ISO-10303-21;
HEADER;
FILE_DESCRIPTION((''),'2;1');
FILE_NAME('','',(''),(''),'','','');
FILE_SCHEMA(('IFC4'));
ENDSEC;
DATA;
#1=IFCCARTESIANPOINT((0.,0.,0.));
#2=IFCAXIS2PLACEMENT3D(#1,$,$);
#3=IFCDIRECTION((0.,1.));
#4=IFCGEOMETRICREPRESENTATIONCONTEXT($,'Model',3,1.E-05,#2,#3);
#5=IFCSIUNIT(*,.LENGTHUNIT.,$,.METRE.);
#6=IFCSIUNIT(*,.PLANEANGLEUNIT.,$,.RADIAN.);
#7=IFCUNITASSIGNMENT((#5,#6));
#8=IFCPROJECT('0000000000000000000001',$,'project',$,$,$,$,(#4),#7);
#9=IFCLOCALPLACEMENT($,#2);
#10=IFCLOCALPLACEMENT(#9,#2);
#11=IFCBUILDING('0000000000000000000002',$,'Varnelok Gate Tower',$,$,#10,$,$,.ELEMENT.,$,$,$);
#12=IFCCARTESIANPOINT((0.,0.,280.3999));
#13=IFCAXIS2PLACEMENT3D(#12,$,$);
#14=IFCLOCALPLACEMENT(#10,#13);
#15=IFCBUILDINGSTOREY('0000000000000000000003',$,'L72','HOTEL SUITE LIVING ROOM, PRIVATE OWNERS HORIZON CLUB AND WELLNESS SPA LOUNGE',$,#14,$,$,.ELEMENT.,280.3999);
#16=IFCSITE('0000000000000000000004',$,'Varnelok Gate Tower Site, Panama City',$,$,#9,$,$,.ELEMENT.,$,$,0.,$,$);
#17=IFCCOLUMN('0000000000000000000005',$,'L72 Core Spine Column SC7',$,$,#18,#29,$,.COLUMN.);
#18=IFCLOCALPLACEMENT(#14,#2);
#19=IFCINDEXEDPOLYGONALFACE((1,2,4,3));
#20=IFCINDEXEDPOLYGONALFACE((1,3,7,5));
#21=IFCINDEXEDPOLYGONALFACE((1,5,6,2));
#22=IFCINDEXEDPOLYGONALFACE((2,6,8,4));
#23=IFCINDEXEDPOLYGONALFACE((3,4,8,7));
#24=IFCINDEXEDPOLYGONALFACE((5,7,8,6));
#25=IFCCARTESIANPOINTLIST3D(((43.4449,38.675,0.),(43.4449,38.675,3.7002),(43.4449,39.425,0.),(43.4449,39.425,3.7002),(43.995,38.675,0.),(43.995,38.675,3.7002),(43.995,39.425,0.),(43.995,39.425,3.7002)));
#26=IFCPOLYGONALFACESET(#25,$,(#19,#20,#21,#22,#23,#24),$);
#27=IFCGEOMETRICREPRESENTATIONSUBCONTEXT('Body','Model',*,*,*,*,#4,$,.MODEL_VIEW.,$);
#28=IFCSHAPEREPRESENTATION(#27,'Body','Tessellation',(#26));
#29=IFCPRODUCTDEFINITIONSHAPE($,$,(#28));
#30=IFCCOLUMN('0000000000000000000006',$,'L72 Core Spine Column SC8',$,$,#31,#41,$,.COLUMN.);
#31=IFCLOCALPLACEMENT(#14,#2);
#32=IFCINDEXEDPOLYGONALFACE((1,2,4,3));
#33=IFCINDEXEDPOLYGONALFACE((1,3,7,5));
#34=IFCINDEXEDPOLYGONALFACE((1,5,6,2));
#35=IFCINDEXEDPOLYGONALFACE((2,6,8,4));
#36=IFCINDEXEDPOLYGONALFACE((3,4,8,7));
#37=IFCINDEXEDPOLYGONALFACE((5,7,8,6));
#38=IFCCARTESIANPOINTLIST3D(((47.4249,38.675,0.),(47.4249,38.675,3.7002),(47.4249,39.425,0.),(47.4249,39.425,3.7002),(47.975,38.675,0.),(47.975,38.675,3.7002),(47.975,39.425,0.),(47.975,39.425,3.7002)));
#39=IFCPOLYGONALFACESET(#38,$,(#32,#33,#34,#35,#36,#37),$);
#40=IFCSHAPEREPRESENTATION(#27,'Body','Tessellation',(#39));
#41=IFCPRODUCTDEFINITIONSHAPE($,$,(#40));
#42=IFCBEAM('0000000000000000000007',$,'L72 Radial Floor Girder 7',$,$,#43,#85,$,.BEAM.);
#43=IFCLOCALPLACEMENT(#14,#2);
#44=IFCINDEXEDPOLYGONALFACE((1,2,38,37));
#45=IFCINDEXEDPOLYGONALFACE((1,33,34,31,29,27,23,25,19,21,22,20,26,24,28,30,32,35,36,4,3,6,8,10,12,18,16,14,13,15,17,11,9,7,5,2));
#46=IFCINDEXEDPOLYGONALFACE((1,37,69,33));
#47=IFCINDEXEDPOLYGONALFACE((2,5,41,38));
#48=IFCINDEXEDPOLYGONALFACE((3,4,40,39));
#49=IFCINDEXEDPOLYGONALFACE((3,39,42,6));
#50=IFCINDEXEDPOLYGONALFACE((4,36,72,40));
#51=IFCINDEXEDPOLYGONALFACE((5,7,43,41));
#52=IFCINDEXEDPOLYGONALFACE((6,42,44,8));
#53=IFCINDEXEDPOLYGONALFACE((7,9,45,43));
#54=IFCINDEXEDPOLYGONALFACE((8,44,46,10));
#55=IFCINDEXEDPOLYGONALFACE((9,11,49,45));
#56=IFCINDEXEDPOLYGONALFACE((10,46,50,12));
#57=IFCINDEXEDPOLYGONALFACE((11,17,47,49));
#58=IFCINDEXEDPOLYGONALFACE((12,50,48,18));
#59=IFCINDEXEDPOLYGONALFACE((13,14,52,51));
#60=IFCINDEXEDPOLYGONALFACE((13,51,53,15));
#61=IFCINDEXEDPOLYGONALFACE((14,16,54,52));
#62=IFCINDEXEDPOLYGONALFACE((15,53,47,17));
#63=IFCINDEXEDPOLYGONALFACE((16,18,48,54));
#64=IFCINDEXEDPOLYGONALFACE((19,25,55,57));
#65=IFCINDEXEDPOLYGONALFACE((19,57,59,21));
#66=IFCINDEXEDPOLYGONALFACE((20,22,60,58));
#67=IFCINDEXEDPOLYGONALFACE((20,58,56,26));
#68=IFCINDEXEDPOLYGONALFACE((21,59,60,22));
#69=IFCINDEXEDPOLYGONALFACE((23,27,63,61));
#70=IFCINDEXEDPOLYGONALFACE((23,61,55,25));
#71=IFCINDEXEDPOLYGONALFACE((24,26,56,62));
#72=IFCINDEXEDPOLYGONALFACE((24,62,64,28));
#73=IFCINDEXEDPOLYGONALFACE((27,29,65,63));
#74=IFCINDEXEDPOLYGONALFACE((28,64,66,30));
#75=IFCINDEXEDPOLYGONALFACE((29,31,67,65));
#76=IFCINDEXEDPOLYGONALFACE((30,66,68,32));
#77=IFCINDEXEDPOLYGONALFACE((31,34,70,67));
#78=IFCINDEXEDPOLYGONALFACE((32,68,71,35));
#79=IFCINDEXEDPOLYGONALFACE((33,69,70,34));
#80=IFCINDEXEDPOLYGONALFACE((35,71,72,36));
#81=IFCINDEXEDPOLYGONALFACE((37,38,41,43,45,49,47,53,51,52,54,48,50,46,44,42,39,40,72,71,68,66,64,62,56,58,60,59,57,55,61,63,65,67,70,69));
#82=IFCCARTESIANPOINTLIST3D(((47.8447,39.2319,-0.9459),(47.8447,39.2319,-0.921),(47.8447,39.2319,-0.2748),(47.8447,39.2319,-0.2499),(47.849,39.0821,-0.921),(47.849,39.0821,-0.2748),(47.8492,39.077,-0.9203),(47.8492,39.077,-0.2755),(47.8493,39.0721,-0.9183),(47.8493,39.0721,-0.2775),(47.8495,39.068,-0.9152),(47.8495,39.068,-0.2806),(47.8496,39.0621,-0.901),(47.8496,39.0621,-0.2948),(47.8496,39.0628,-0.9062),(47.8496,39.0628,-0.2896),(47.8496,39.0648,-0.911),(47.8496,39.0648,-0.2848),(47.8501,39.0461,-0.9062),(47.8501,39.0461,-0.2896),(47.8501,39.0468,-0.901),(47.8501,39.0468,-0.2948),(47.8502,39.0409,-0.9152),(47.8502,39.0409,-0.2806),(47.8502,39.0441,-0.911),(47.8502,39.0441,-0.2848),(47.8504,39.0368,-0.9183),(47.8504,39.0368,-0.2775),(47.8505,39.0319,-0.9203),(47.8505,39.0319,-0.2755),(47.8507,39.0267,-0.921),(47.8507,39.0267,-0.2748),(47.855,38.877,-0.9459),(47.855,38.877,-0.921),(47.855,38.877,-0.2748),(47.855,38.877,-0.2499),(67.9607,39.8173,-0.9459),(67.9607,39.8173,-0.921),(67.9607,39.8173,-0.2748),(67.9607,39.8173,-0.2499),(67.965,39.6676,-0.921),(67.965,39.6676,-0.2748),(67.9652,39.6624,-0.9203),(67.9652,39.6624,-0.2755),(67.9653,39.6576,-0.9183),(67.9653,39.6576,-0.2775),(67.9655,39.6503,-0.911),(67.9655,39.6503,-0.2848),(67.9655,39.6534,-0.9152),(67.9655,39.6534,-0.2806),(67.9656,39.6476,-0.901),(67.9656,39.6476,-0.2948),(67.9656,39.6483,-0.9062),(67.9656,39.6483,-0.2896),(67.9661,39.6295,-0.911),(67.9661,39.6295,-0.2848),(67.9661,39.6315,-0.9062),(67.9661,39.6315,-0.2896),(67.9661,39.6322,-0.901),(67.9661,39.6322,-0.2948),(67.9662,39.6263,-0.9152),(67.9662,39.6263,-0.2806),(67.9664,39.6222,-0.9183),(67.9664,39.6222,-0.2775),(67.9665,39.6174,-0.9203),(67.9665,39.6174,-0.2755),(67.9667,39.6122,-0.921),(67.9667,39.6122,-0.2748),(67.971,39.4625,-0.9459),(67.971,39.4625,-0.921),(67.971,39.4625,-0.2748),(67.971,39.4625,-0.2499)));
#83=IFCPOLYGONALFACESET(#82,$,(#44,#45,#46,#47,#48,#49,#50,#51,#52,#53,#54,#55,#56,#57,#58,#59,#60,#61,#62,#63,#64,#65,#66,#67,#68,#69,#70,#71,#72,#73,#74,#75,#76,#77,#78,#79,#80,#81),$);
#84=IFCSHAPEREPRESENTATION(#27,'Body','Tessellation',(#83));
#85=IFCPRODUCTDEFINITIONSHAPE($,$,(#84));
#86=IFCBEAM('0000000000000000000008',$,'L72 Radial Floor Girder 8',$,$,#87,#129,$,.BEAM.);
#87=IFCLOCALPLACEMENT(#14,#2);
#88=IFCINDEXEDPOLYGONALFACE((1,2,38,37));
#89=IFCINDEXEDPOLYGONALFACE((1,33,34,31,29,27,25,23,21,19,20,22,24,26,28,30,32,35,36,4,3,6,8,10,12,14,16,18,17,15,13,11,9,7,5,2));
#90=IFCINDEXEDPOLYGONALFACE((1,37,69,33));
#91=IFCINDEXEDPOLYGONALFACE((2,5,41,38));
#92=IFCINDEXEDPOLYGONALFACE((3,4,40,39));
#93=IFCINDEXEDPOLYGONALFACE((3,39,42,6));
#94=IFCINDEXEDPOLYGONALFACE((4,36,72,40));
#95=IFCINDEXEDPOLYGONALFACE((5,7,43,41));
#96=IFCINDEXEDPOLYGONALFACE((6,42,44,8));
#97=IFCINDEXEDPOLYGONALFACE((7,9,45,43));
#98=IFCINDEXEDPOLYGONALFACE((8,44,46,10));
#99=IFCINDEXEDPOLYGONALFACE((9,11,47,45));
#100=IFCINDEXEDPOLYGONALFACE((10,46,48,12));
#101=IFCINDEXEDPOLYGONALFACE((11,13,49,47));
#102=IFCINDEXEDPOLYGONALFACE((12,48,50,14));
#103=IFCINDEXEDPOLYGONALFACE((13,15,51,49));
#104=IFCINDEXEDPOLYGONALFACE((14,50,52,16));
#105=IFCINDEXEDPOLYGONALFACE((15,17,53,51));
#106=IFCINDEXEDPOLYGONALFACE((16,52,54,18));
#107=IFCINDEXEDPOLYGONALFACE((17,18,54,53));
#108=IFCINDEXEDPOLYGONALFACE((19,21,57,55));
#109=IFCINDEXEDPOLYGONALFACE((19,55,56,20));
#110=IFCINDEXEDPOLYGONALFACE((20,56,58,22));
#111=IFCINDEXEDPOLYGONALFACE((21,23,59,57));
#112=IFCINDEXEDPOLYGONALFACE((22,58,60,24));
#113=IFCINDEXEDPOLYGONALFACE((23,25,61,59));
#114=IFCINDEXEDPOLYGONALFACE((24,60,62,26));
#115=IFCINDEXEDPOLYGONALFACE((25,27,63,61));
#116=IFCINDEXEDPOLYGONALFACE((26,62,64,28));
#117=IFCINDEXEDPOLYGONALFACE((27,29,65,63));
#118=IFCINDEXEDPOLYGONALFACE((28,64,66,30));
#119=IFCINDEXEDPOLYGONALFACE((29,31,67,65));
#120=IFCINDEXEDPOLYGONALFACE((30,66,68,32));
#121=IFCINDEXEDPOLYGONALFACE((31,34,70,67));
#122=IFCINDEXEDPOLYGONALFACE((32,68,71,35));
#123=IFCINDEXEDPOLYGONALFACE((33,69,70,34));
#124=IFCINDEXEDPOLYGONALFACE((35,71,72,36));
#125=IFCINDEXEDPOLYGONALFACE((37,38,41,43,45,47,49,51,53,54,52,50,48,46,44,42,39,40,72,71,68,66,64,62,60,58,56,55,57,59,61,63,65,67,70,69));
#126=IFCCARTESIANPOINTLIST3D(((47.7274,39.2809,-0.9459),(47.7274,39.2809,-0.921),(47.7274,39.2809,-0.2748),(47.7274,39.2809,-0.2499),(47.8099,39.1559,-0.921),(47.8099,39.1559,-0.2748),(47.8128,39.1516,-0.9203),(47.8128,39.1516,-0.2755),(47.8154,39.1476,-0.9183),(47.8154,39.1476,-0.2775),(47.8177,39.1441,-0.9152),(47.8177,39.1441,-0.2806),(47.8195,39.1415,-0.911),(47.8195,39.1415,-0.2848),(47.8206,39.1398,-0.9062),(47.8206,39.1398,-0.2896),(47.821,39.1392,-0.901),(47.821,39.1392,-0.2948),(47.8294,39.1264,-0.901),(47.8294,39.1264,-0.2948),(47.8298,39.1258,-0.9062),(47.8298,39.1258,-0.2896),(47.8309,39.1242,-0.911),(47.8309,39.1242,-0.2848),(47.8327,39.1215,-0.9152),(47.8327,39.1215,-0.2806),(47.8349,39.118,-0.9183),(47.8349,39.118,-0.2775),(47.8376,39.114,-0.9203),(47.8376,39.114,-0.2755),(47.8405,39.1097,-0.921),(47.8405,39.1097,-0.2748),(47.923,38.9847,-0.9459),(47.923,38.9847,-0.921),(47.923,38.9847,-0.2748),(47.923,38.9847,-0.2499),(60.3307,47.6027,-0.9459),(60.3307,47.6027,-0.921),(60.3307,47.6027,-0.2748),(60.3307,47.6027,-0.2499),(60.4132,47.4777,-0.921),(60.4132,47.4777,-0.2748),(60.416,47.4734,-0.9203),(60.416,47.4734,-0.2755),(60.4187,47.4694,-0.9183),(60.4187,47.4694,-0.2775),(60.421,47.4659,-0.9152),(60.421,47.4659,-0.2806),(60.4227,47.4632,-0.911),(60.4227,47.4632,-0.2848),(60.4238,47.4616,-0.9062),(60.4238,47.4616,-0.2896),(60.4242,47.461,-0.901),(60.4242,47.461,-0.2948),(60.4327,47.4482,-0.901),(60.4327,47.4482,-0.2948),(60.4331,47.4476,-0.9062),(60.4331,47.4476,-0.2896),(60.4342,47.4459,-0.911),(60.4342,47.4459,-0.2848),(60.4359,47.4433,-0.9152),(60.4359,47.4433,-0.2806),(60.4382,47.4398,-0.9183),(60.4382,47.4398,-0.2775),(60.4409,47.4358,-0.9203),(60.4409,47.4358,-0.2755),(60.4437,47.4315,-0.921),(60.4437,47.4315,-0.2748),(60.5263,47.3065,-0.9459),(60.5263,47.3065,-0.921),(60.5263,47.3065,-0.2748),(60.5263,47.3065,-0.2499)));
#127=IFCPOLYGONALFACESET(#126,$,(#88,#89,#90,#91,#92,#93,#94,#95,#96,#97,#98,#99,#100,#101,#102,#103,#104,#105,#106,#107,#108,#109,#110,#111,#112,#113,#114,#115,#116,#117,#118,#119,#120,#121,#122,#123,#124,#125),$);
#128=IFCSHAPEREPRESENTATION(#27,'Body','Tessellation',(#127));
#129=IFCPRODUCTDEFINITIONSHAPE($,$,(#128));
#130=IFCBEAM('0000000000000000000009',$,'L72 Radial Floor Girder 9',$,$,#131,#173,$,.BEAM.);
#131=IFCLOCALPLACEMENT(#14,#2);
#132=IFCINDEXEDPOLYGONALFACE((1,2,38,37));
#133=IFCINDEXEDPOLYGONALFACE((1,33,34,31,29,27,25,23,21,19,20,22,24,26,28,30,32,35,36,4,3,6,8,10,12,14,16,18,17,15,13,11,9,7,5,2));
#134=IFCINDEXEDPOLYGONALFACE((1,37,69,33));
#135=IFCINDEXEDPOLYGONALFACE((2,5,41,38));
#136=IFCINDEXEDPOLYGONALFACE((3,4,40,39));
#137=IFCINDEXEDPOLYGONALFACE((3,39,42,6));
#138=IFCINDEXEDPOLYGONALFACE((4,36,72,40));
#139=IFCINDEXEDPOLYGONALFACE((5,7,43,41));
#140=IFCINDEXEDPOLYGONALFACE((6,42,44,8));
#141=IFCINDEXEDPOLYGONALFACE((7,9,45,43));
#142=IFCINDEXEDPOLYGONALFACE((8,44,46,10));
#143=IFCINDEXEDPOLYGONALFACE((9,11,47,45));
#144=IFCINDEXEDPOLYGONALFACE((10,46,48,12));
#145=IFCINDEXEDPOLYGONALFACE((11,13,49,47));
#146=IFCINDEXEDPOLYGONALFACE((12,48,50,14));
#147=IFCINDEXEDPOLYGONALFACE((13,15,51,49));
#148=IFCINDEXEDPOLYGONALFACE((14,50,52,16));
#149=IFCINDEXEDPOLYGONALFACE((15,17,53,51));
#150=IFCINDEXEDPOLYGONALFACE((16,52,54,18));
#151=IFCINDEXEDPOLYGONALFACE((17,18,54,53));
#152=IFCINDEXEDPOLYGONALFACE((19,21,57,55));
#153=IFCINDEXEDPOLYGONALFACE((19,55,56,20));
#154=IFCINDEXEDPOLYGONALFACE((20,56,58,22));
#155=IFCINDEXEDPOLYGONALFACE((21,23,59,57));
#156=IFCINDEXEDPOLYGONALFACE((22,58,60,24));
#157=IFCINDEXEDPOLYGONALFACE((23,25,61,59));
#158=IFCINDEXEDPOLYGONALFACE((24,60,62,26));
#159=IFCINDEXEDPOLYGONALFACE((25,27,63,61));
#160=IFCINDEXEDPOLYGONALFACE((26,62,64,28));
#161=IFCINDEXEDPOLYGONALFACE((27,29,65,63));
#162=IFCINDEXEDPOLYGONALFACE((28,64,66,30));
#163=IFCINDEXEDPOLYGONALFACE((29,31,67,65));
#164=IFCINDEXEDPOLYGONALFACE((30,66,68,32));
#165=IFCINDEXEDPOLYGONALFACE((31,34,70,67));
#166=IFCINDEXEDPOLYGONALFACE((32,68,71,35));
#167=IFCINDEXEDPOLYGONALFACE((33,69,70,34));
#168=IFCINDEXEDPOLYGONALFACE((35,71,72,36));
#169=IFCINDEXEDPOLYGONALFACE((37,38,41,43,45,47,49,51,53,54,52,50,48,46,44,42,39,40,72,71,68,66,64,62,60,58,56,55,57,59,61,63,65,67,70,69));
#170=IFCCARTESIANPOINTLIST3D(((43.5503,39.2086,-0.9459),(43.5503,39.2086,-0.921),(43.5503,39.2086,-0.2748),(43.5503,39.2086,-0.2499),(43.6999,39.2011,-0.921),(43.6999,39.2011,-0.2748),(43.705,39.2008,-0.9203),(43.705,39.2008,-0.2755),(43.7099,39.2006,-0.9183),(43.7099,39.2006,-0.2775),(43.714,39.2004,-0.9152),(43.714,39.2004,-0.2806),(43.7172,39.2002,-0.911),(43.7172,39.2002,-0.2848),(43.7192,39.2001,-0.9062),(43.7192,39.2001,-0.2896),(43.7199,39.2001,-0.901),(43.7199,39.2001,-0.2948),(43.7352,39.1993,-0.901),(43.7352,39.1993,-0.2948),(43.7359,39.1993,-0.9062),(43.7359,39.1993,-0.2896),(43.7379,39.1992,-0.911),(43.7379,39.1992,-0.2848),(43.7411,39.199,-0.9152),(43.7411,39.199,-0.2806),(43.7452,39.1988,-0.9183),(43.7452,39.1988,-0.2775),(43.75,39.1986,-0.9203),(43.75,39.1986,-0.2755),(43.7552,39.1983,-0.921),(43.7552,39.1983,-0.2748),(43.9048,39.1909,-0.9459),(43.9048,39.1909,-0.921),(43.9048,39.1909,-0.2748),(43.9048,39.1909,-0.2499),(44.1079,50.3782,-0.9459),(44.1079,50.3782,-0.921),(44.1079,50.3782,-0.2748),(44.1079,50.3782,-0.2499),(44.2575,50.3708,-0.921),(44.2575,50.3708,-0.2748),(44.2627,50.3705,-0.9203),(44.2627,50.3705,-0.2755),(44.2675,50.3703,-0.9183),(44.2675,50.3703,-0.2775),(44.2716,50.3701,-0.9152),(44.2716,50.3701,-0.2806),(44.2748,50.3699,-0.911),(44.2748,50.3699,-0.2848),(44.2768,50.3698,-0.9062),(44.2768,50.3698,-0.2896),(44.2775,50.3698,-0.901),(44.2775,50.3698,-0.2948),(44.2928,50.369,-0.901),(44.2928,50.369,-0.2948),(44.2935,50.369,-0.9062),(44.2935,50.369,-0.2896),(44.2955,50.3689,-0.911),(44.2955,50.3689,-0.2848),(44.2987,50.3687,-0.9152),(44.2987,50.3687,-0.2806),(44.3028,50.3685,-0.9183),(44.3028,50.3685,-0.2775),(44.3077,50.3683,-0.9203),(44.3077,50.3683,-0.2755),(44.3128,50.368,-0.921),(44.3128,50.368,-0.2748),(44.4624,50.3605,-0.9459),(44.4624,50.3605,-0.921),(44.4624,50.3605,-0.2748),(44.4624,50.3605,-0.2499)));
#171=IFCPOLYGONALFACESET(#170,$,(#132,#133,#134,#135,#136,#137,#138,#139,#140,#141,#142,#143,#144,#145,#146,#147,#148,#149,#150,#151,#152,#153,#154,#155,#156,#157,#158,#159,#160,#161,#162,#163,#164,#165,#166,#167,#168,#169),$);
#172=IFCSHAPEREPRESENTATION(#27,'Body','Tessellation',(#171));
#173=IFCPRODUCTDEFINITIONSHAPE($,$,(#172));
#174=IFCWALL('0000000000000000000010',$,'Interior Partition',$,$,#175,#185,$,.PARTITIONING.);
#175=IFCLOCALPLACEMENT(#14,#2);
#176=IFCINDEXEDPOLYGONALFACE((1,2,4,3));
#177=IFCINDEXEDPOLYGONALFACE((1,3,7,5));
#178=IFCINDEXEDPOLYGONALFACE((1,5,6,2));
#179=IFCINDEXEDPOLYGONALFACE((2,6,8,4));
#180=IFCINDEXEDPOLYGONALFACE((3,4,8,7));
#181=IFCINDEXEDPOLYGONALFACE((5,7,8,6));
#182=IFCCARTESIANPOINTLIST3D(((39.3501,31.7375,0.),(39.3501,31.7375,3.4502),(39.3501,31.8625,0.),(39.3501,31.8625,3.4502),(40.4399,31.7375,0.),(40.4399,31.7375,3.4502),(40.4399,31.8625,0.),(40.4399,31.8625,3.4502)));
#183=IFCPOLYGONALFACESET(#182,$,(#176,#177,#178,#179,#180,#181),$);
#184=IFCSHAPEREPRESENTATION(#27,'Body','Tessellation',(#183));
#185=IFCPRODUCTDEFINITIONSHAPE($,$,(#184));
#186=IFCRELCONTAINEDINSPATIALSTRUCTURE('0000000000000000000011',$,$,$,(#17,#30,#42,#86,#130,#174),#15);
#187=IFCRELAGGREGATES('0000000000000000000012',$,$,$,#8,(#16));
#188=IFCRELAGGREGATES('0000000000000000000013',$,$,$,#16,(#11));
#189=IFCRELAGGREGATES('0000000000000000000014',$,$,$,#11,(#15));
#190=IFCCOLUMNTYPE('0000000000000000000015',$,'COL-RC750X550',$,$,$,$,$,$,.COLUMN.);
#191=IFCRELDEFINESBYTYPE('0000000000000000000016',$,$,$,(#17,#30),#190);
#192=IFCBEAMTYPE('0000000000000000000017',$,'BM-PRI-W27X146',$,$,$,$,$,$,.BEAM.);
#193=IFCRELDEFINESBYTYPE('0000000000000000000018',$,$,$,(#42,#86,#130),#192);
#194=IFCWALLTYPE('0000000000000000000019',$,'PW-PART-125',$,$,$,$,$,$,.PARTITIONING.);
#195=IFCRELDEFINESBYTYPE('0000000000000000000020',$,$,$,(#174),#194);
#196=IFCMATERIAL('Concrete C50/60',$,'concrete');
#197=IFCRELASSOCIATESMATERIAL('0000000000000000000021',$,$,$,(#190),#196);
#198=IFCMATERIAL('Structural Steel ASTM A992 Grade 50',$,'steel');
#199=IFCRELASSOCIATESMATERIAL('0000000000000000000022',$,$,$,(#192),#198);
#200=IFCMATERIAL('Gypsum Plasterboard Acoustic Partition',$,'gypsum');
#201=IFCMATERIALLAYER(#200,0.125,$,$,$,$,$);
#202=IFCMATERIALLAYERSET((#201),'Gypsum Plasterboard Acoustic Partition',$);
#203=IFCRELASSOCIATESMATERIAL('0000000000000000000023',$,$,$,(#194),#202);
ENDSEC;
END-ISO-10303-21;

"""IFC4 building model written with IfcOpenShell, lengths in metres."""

from ifc_helpers import new_model, si_unit, direction, frame, frame_2d, origin, origin_2d, place, context, subcontext, project, spatial, rectangle, i_section, extrude, material, layer, layer_set, material_profile, profile_set, type_object, element, save


model = new_model("IFC4")

# Units and contexts
model_context = context("Model", 3, precision=1e-05, world=origin(), true_north=direction((0.0, 1.0)))
body_context = subcontext(model_context, "Body", "Model", "MODEL_VIEW")
ifc_project = project(units=[si_unit("LENGTHUNIT", "METRE"), si_unit("PLANEANGLEUNIT", "RADIAN")], contexts=[model_context])

# Site, building, storey
site_placement = place(None, origin())
site = spatial("IfcSite", under=ifc_project, at=site_placement, Name="Varnelok Gate Tower Site, Panama City", CompositionType="ELEMENT", RefElevation=0.0)
building_placement = place(site_placement, origin())
building = spatial("IfcBuilding", under=site, at=building_placement, Name="Varnelok Gate Tower", CompositionType="ELEMENT")
storey_placement = place(building_placement, frame((0.0, 0.0, 280.3999)))
storey = spatial("IfcBuildingStorey", under=building, at=storey_placement, Name="L72", Description="HOTEL SUITE LIVING ROOM, PRIVATE OWNERS HORIZON CLUB AND WELLNESS SPA LOUNGE", CompositionType="ELEMENT", Elevation=280.3999)

# Columns
ifc_material_1 = material(Name="Concrete C50/60", Category="concrete")
ifc_material_profile_1 = material_profile(ifc_material_1, rectangle(XDim=0.55, YDim=0.75, at=origin_2d()), Name="RC750X550")
ifc_profile_set_1 = profile_set([ifc_material_profile_1], Name="Concrete C50/60")
column_type = type_object("IfcColumnType", Name="COL-RC750X550", PredefinedType="COLUMN", material=ifc_profile_set_1)
for number, where, z_axis, x_axis, name in (
    (1, (43.72, 39.05, 0.0), (0.0, 0.0, 1.0), (1.0, 0.0, 0.0), "L72 Core Spine Column SC7"),
    (2, (47.7, 39.05, 0.0), (0.0, 0.0, 1.0), (1.0, 0.0, 0.0), "L72 Core Spine Column SC8"),
):
    element("IfcColumn", number, at=place(storey_placement, frame(where, z_axis=z_axis, x_axis=x_axis)), inside=storey, type_object=column_type, Name=name, PredefinedType="COLUMN", context=body_context, shape_type="SweptSolid", body=[
        extrude(rectangle(XDim=0.55, YDim=0.75, at=origin_2d()), origin(), (0.0, 0.0, 1.0), 3.7002),
    ])

# Beams
ifc_material_2 = material(Name="Structural Steel ASTM A992 Grade 50", Category="steel")
ifc_material_profile_2 = material_profile(ifc_material_2, i_section(OverallWidth=0.355, OverallDepth=0.696, WebThickness=0.0154, FlangeThickness=0.0249, FilletRadius=0.02, at=origin_2d()), Name="W27X146")
ifc_profile_set_2 = profile_set([ifc_material_profile_2], Name="Structural Steel ASTM A992 Grade 50")
beam_type = type_object("IfcBeamType", Name="BM-PRI-W27X146", PredefinedType="BEAM", material=ifc_profile_set_2)
beam_1_placement = place(storey_placement, frame((47.8499, 39.0544, -0.5979), z_axis=(0.999577, 0.029091, 0.0), x_axis=(-0.029091, 0.999577, 0.0)))
element("IfcBeam", 3, at=beam_1_placement, inside=storey, type_object=beam_type, Name="L72 Radial Floor Girder 7", PredefinedType="BEAM", context=body_context, shape_type="SweptSolid", body=[
    extrude(i_section(OverallWidth=0.355, OverallDepth=0.696, WebThickness=0.0154, FlangeThickness=0.0249, FilletRadius=0.02, at=origin_2d()), origin(), (0.0, 0.0, 1.0), 20.1245),
])
beam_2_placement = place(storey_placement, frame((47.8252, 39.1328, -0.5979), z_axis=(0.834499, 0.551009, 0.0), x_axis=(-0.551009, 0.834499, 0.0)))
element("IfcBeam", 4, at=beam_2_placement, inside=storey, type_object=beam_type, Name="L72 Radial Floor Girder 8", PredefinedType="BEAM", context=body_context, shape_type="SweptSolid", body=[
    extrude(i_section(OverallWidth=0.355, OverallDepth=0.696, WebThickness=0.0154, FlangeThickness=0.0249, FilletRadius=0.02, at=origin_2d()), origin(), (0.0, 0.0, 1.0), 15.1028),
])
beam_3_placement = place(storey_placement, frame((43.7275, 39.1997, -0.5979), z_axis=(0.04986, 0.998756, 0.0), x_axis=(-0.998756, 0.04986, 0.0)))
element("IfcBeam", 5, at=beam_3_placement, inside=storey, type_object=beam_type, Name="L72 Radial Floor Girder 9", PredefinedType="BEAM", context=body_context, shape_type="SweptSolid", body=[
    extrude(i_section(OverallWidth=0.355, OverallDepth=0.696, WebThickness=0.0154, FlangeThickness=0.0249, FilletRadius=0.02, at=origin_2d()), origin(), (0.0, 0.0, 1.0), 11.1836),
])

# Wall
ifc_material_3 = material(Name="Gypsum Plasterboard Acoustic Partition", Category="gypsum")
ifc_layer_1 = layer(ifc_material_3, 0.125)
ifc_layer_set_1 = layer_set([ifc_layer_1], Name="Gypsum Plasterboard Acoustic Partition")
wall_type_1 = type_object("IfcWallType", Name="PW-PART-125", PredefinedType="PARTITIONING", material=ifc_layer_set_1)
wall_1_placement = place(storey_placement, frame((39.3501, 31.8, 0.0), z_axis=(0.0, 0.0, 1.0), x_axis=(1.0, 0.0, 0.0)))
element("IfcWall", 6, at=wall_1_placement, inside=storey, type_object=wall_type_1, Name="Interior Partition", PredefinedType="PARTITIONING", context=body_context, shape_type="SweptSolid", body=[
    extrude(rectangle(XDim=1.0898, YDim=0.125, at=frame_2d((0.5449, 0.0))), origin(), (0.0, 0.0, 1.0), 3.4502),
])

save(model, "model.ifc")
